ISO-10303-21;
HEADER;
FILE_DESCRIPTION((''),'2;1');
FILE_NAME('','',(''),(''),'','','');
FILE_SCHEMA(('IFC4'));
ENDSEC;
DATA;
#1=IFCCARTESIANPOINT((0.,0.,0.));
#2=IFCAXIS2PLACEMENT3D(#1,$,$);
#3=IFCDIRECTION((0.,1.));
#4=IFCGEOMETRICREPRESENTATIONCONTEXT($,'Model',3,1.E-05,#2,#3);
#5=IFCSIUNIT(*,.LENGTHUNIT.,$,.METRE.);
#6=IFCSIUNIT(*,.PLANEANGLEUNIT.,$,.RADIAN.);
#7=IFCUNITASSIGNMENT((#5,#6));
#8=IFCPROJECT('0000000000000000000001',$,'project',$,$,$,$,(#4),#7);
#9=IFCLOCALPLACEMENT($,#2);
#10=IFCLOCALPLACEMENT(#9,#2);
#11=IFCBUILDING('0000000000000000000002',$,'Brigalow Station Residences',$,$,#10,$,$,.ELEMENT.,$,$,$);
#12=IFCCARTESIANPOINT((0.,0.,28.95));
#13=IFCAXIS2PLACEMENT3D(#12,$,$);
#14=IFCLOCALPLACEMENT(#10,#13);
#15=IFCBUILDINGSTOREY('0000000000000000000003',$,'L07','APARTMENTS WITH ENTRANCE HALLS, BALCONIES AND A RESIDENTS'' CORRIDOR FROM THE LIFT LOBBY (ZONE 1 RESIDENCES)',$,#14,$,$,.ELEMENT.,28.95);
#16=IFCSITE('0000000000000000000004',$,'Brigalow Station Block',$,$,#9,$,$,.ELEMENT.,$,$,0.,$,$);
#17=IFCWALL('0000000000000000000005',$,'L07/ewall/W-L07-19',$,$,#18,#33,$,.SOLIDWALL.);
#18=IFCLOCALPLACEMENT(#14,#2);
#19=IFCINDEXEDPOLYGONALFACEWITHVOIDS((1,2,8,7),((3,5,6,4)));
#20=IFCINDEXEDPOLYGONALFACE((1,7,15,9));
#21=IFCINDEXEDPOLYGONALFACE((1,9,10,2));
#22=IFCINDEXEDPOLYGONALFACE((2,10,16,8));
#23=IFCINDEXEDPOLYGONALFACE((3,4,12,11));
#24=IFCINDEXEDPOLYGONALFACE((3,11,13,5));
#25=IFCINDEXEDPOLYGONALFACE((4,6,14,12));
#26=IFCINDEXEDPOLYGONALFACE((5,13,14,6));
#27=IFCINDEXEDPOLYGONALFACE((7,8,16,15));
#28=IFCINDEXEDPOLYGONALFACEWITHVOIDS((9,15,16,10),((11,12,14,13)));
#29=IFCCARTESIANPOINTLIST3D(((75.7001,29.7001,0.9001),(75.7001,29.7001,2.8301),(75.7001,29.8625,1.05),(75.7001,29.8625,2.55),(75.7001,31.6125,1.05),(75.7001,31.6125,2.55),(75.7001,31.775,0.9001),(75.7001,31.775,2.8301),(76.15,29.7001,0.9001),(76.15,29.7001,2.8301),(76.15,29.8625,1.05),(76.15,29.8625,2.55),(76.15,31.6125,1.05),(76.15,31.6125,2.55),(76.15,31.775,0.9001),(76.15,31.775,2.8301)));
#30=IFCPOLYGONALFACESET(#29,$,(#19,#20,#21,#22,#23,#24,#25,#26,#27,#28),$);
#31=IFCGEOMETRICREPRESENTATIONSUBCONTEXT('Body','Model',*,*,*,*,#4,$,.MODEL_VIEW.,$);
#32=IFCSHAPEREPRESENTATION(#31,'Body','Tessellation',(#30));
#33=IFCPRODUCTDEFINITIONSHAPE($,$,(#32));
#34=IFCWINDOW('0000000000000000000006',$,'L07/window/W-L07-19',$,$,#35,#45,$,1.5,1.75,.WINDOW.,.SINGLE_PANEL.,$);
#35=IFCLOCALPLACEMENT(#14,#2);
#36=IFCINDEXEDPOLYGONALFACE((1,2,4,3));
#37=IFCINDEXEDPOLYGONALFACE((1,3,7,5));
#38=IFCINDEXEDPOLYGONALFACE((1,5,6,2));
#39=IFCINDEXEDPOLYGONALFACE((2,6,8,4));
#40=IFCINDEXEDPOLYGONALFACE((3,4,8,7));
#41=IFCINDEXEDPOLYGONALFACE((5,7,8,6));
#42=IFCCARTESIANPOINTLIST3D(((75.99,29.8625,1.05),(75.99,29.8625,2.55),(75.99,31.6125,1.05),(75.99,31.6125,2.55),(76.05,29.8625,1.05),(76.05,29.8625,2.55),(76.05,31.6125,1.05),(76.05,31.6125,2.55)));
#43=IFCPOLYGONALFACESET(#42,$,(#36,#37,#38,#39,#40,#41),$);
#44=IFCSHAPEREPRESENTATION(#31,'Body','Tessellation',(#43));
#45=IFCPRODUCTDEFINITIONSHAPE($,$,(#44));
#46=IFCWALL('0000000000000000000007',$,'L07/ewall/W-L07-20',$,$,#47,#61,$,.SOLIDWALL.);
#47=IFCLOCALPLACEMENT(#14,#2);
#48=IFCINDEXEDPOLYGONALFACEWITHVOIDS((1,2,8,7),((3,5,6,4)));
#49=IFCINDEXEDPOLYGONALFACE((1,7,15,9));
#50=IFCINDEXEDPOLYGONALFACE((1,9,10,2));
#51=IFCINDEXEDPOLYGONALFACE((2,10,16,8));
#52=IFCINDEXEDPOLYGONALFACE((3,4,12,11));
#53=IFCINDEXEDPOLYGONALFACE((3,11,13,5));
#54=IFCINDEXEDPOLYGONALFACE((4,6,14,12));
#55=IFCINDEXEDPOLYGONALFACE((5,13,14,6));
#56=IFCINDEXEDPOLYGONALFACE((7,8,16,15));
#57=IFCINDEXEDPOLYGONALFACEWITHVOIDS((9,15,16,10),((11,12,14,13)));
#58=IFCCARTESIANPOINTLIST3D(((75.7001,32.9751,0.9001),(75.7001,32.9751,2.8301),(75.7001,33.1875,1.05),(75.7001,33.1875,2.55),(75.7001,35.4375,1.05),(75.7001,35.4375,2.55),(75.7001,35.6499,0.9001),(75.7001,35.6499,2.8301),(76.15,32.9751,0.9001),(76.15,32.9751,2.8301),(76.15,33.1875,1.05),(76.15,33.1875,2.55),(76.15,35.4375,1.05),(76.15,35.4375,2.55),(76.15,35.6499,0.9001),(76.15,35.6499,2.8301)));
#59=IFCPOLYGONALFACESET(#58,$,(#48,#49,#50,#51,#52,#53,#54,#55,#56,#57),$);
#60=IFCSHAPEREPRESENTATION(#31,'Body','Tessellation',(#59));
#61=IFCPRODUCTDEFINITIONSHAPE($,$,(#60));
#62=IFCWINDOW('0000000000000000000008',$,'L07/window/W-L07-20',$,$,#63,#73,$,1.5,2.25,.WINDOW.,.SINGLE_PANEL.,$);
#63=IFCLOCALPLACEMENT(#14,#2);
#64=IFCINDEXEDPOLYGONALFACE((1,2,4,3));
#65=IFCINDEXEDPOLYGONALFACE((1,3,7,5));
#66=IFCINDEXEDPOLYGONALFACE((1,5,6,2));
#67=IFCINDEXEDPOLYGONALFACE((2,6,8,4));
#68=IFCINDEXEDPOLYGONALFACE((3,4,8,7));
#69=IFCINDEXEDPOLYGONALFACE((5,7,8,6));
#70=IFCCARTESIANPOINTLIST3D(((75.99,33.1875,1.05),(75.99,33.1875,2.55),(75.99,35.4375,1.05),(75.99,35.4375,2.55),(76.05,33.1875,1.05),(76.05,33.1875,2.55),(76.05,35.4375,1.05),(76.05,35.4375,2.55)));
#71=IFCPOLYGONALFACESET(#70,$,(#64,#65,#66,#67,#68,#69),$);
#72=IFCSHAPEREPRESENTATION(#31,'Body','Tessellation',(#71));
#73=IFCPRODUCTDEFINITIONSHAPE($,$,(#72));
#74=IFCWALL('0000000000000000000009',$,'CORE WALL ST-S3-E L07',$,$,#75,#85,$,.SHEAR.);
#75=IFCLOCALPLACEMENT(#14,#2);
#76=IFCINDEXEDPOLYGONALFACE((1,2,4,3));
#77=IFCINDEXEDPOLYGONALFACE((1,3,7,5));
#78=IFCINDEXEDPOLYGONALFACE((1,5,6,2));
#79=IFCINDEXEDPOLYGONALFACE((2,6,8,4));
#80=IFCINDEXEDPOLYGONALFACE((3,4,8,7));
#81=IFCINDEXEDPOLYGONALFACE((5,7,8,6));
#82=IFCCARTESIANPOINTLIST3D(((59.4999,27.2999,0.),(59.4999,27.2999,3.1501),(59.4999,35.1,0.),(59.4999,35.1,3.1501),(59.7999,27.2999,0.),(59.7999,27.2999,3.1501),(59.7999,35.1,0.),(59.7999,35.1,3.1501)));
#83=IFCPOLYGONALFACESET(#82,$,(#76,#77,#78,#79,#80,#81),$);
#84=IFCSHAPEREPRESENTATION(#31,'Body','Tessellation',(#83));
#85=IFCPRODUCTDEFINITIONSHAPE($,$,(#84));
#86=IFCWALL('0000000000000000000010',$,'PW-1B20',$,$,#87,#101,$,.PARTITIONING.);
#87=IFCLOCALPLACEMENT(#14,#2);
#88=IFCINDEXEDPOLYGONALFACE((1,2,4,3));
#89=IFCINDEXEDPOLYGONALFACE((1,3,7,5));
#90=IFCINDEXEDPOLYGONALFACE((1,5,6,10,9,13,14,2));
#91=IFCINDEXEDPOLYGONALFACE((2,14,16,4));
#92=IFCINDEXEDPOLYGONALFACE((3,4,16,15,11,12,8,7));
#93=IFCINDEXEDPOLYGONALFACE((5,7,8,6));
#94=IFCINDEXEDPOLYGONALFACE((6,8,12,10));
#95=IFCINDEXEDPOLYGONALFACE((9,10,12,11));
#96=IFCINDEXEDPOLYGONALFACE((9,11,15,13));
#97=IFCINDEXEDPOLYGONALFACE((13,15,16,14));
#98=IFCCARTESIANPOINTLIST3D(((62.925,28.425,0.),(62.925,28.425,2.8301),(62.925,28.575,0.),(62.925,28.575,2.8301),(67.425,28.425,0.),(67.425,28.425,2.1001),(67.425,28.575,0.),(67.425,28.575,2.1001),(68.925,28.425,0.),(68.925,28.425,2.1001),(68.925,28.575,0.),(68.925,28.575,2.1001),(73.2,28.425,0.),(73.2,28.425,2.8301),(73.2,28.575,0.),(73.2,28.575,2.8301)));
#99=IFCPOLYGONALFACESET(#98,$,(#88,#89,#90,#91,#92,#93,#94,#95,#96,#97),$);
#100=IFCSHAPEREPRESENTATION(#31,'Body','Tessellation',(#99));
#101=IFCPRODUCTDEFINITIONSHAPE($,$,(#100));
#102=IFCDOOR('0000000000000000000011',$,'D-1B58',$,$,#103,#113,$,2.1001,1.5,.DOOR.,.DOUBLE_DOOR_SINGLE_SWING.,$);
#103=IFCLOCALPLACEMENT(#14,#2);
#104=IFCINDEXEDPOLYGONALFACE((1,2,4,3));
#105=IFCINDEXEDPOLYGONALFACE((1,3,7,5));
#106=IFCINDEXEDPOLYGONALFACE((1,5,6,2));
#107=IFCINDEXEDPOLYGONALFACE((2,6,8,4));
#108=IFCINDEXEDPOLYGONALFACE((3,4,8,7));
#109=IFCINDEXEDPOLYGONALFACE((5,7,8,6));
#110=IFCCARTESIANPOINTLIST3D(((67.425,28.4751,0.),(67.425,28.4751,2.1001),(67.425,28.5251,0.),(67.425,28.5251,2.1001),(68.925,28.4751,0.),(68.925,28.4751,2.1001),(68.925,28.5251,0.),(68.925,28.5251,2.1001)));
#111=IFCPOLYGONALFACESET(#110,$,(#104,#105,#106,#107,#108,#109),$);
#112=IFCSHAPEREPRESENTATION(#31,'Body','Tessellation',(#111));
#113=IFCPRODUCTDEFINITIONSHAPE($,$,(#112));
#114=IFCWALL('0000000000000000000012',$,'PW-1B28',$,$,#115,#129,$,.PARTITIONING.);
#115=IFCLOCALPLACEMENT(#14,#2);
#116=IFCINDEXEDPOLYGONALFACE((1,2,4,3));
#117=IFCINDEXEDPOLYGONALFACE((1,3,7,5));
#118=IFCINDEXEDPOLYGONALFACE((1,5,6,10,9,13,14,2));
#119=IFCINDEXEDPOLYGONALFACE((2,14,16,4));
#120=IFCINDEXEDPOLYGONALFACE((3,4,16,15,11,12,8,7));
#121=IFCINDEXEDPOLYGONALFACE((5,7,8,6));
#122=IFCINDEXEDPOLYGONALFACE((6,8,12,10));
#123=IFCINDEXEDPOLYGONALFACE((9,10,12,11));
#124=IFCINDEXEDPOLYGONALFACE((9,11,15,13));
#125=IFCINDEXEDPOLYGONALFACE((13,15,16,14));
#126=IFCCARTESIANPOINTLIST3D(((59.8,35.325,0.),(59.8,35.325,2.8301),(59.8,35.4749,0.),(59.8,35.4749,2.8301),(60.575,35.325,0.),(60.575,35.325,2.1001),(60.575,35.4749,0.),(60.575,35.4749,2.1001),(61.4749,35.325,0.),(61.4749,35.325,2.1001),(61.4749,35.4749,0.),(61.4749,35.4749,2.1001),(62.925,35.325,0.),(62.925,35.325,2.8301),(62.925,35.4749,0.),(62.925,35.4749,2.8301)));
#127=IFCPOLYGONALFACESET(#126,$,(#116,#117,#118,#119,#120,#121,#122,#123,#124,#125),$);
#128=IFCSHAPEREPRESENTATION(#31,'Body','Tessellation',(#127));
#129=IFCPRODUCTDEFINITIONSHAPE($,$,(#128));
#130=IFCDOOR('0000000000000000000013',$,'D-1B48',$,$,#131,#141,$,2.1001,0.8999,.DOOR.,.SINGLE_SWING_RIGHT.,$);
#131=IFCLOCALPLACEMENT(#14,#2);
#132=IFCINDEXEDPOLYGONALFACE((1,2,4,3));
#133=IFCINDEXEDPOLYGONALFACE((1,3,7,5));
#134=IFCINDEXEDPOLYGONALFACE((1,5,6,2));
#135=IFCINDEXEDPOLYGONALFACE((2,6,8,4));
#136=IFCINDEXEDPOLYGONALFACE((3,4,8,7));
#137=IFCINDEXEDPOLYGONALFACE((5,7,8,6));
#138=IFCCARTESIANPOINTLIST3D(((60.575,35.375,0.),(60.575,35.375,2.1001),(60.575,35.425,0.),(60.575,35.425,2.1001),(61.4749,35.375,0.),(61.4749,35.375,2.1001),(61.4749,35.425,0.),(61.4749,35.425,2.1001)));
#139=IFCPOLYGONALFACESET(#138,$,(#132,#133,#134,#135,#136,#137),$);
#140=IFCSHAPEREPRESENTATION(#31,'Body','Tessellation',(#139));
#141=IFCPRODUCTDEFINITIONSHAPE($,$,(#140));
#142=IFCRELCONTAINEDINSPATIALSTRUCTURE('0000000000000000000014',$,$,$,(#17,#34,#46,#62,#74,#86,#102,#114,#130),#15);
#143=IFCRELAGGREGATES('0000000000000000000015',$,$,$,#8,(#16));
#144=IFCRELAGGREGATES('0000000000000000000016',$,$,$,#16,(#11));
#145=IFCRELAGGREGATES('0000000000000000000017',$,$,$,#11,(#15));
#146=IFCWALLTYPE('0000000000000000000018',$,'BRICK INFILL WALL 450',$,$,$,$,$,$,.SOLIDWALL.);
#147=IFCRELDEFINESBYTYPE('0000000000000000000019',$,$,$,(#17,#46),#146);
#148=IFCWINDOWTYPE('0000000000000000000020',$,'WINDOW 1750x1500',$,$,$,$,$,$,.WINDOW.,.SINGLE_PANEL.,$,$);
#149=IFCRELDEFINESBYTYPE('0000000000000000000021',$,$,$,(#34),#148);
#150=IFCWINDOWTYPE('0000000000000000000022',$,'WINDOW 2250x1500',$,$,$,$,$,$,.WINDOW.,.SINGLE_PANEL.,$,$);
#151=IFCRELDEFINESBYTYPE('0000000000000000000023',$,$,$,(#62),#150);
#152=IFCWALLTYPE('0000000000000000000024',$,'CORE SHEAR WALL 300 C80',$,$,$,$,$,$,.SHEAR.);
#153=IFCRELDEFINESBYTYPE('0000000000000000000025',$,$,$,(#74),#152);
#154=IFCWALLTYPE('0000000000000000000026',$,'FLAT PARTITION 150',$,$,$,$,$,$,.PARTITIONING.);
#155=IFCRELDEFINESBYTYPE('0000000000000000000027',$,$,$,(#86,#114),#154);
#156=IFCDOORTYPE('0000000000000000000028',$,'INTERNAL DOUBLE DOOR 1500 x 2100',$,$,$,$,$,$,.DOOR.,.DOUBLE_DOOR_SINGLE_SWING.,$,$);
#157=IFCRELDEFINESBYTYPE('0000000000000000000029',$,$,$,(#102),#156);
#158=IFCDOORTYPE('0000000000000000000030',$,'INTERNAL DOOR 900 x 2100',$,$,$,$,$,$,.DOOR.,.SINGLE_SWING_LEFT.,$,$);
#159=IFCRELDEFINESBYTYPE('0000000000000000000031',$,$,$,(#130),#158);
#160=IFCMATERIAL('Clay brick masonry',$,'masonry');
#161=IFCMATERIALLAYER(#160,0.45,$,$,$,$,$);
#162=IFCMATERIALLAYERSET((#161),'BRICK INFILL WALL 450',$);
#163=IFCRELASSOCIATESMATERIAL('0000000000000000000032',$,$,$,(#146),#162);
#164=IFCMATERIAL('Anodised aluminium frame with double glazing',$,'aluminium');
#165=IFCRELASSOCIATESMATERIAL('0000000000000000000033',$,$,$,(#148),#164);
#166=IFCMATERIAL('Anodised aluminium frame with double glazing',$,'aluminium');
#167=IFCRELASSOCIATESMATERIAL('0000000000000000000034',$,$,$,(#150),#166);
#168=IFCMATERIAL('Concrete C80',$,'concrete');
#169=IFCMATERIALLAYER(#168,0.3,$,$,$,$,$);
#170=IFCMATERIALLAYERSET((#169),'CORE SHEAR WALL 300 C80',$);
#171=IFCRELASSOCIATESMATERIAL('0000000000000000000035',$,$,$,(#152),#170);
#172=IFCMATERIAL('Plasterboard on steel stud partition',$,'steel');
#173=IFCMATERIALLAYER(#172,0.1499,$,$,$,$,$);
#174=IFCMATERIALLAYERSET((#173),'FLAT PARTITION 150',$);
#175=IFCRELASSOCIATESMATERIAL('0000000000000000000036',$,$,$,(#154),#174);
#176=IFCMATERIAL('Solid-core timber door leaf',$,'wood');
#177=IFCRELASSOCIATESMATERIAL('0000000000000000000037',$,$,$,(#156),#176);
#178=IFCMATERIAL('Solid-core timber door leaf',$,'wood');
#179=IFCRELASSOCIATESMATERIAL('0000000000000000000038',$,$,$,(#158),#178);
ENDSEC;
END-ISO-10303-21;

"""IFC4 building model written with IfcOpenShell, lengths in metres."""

from ifc_helpers import new_model, si_unit, direction, frame, frame_2d, origin, place, context, subcontext, project, spatial, rectangle, extrude, material, layer, layer_set, type_object, element, fill, save


model = new_model("IFC4")

# Units and contexts
model_context = context("Model", 3, precision=1e-05, world=origin(), true_north=direction((0.0, 1.0)))
body_context = subcontext(model_context, "Body", "Model", "MODEL_VIEW")
ifc_project = project(units=[si_unit("LENGTHUNIT", "METRE"), si_unit("PLANEANGLEUNIT", "RADIAN")], contexts=[model_context])

# Site, building, storey
site_placement = place(None, origin())
site = spatial("IfcSite", under=ifc_project, at=site_placement, Name="Brigalow Station Block", CompositionType="ELEMENT", RefElevation=0.0)
building_placement = place(site_placement, origin())
building = spatial("IfcBuilding", under=site, at=building_placement, Name="Brigalow Station Residences", CompositionType="ELEMENT")
storey_placement = place(building_placement, frame((0.0, 0.0, 28.95)))
storey = spatial("IfcBuildingStorey", under=building, at=storey_placement, Name="L07", Description="APARTMENTS WITH ENTRANCE HALLS, BALCONIES AND A RESIDENTS' CORRIDOR FROM THE LIFT LOBBY (ZONE 1 RESIDENCES)", CompositionType="ELEMENT", Elevation=28.95)

# Shared definitions
ifc_material_1 = material(Name="Clay brick masonry", Category="masonry")
ifc_layer_1 = layer(ifc_material_1, 0.45)
ifc_layer_set_1 = layer_set([ifc_layer_1], Name="BRICK INFILL WALL 450")
wall_type_1 = type_object("IfcWallType", Name="BRICK INFILL WALL 450", PredefinedType="SOLIDWALL", material=ifc_layer_set_1)

# Walls, openings, windows
wall_1_placement = place(storey_placement, frame((75.925, 29.7, 0.9001), z_axis=(0.0, 0.0, 1.0), x_axis=(0.0, 1.0, 0.0)))
wall_1 = element("IfcWall", 1, at=wall_1_placement, inside=storey, type_object=wall_type_1, Name="L07/ewall/W-L07-19", PredefinedType="SOLIDWALL", context=body_context, shape_type="SweptSolid", body=[
    extrude(rectangle(XDim=2.075, YDim=0.45, at=frame_2d((1.0376, 0.0))), origin(), (0.0, 0.0, 1.0), 1.9299),
])
opening_1_placement = place(wall_1_placement, frame((0.1626, 0.0, 0.1499)))
opening_1 = element("IfcOpeningElement", 2, at=opening_1_placement, cuts=wall_1, PredefinedType="OPENING", context=body_context, shape_type="SweptSolid", body=[
    extrude(rectangle(XDim=1.75, YDim=1.5, at=frame_2d((0.875, 0.75))), frame((0.0, 0.2349, 0.0), z_axis=(0.0, -1.0, 0.0), x_axis=(1.0, 0.0, 0.0)), (0.0, 0.0, 1.0), 0.47),
])
ifc_material_2 = material(Name="Anodised aluminium frame with double glazing", Category="aluminium")
window_type_1 = type_object("IfcWindowType", Name="WINDOW 1750x1500", PartitioningType="SINGLE_PANEL", PredefinedType="WINDOW", material=ifc_material_2)
window_1_placement = place(opening_1_placement, origin())
window_1 = element("IfcWindow", 3, at=window_1_placement, inside=storey, type_object=window_type_1, Name="L07/window/W-L07-19", OverallHeight=1.5, OverallWidth=1.75, PartitioningType="SINGLE_PANEL", PredefinedType="WINDOW", context=body_context, shape_type="SweptSolid", body=[
    extrude(rectangle(XDim=1.75, YDim=1.5, at=frame_2d((0.875, 0.75))), frame((0.0, -0.0649, 0.0), z_axis=(0.0, -1.0, 0.0), x_axis=(1.0, 0.0, 0.0)), (0.0, 0.0, 1.0), 0.0601),
])
fill(opening_1, window_1)
wall_2_placement = place(storey_placement, frame((75.925, 32.9751, 0.9001), z_axis=(0.0, 0.0, 1.0), x_axis=(0.0, 1.0, 0.0)))
wall_2 = element("IfcWall", 4, at=wall_2_placement, inside=storey, type_object=wall_type_1, Name="L07/ewall/W-L07-20", PredefinedType="SOLIDWALL", context=body_context, shape_type="SweptSolid", body=[
    extrude(rectangle(XDim=2.6748, YDim=0.45, at=frame_2d((1.3374, 0.0))), origin(), (0.0, 0.0, 1.0), 1.9299),
])
opening_2_placement = place(wall_2_placement, frame((0.2124, 0.0, 0.1499)))
opening_2 = element("IfcOpeningElement", 5, at=opening_2_placement, cuts=wall_2, PredefinedType="OPENING", context=body_context, shape_type="SweptSolid", body=[
    extrude(rectangle(XDim=2.25, YDim=1.5, at=frame_2d((1.125, 0.75))), frame((0.0, 0.2349, 0.0), z_axis=(0.0, -1.0, 0.0), x_axis=(1.0, 0.0, 0.0)), (0.0, 0.0, 1.0), 0.47),
])
ifc_material_3 = material(Name="Anodised aluminium frame with double glazing", Category="aluminium")
window_type_2 = type_object("IfcWindowType", Name="WINDOW 2250x1500", PartitioningType="SINGLE_PANEL", PredefinedType="WINDOW", material=ifc_material_3)
window_2_placement = place(opening_2_placement, origin())
window_2 = element("IfcWindow", 6, at=window_2_placement, inside=storey, type_object=window_type_2, Name="L07/window/W-L07-20", OverallHeight=1.5, OverallWidth=2.25, PartitioningType="SINGLE_PANEL", PredefinedType="WINDOW", context=body_context, shape_type="SweptSolid", body=[
    extrude(rectangle(XDim=2.25, YDim=1.5, at=frame_2d((1.125, 0.75))), frame((0.0, -0.0649, 0.0), z_axis=(0.0, -1.0, 0.0), x_axis=(1.0, 0.0, 0.0)), (0.0, 0.0, 1.0), 0.0601),
])
fill(opening_2, window_2)

# Wall
ifc_material_4 = material(Name="Concrete C80", Category="concrete")
ifc_layer_2 = layer(ifc_material_4, 0.3)
ifc_layer_set_2 = layer_set([ifc_layer_2], Name="CORE SHEAR WALL 300 C80")
wall_type_2 = type_object("IfcWallType", Name="CORE SHEAR WALL 300 C80", PredefinedType="SHEAR", material=ifc_layer_set_2)
wall_3_placement = place(storey_placement, frame((59.6499, 27.3, 0.0), z_axis=(0.0, 0.0, 1.0), x_axis=(0.0, 1.0, 0.0)))
element("IfcWall", 7, at=wall_3_placement, inside=storey, type_object=wall_type_2, Name="CORE WALL ST-S3-E L07", PredefinedType="SHEAR", context=body_context, shape_type="SweptSolid", body=[
    extrude(rectangle(XDim=7.8, YDim=0.3, at=frame_2d((3.8999, 0.0))), origin(), (0.0, 0.0, 1.0), 3.1501),
])

# Walls, openings, doors
ifc_material_5 = material(Name="Plasterboard on steel stud partition", Category="steel")
ifc_layer_3 = layer(ifc_material_5, 0.1499)
ifc_layer_set_3 = layer_set([ifc_layer_3], Name="FLAT PARTITION 150")
wall_type_3 = type_object("IfcWallType", Name="FLAT PARTITION 150", PredefinedType="PARTITIONING", material=ifc_layer_set_3)
wall_4_placement = place(storey_placement, frame((62.925, 28.5, 0.0), z_axis=(0.0, 0.0, 1.0), x_axis=(1.0, 0.0, 0.0)))
wall_4 = element("IfcWall", 8, at=wall_4_placement, inside=storey, type_object=wall_type_3, Name="PW-1B20", PredefinedType="PARTITIONING", context=body_context, shape_type="SweptSolid", body=[
    extrude(rectangle(XDim=10.2749, YDim=0.1499, at=frame_2d((5.1375, 0.0))), origin(), (0.0, 0.0, 1.0), 2.8301),
])
opening_3_placement = place(wall_4_placement, frame((4.5, 0.0, 0.0)))
opening_3 = element("IfcOpeningElement", 9, at=opening_3_placement, cuts=wall_4, PredefinedType="OPENING", context=body_context, shape_type="SweptSolid", body=[
    extrude(rectangle(XDim=1.5, YDim=2.1001, at=frame_2d((0.75, 1.05))), frame((0.0, 0.085, 0.0), z_axis=(0.0, -1.0, 0.0), x_axis=(1.0, 0.0, 0.0)), (0.0, 0.0, 1.0), 0.1699),
])
ifc_material_6 = material(Name="Solid-core timber door leaf", Category="wood")
door_type_1 = type_object("IfcDoorType", Name="INTERNAL DOUBLE DOOR 1500 x 2100", OperationType="DOUBLE_DOOR_SINGLE_SWING", PredefinedType="DOOR", material=ifc_material_6)
door_1_placement = place(opening_3_placement, frame((1.5, 0.0, 0.0), z_axis=(0.0, 0.0, 1.0), x_axis=(-1.0, 0.0, 0.0)))
door_1 = element("IfcDoor", 10, at=door_1_placement, inside=storey, type_object=door_type_1, Name="D-1B58", OperationType="DOUBLE_DOOR_SINGLE_SWING", OverallHeight=2.1001, OverallWidth=1.5, PredefinedType="DOOR", context=body_context, shape_type="SweptSolid", body=[
    extrude(rectangle(XDim=1.5, YDim=2.1001, at=frame_2d((0.75, 1.05))), frame((0.0, 0.0249, 0.0), z_axis=(0.0, -1.0, 0.0), x_axis=(1.0, 0.0, 0.0)), (0.0, 0.0, 1.0), 0.05),
])
fill(opening_3, door_1)
wall_5_placement = place(storey_placement, frame((59.8, 35.3999, 0.0), z_axis=(0.0, 0.0, 1.0), x_axis=(1.0, 0.0, 0.0)))
wall_5 = element("IfcWall", 11, at=wall_5_placement, inside=storey, type_object=wall_type_3, Name="PW-1B28", PredefinedType="PARTITIONING", context=body_context, shape_type="SweptSolid", body=[
    extrude(rectangle(XDim=3.125, YDim=0.1499, at=frame_2d((1.5625, 0.0))), origin(), (0.0, 0.0, 1.0), 2.8301),
])
opening_4_placement = place(wall_5_placement, frame((0.7749, 0.0, 0.0)))
opening_4 = element("IfcOpeningElement", 12, at=opening_4_placement, cuts=wall_5, PredefinedType="OPENING", context=body_context, shape_type="SweptSolid", body=[
    extrude(rectangle(XDim=0.8999, YDim=2.1001, at=frame_2d((0.45, 1.05))), frame((0.0, 0.085, 0.0), z_axis=(0.0, -1.0, 0.0), x_axis=(1.0, 0.0, 0.0)), (0.0, 0.0, 1.0), 0.1699),
])
ifc_material_7 = material(Name="Solid-core timber door leaf", Category="wood")
door_type_2 = type_object("IfcDoorType", Name="INTERNAL DOOR 900 x 2100", OperationType="SINGLE_SWING_LEFT", PredefinedType="DOOR", material=ifc_material_7)
door_2_placement = place(opening_4_placement, frame((0.8999, 0.0, 0.0), z_axis=(0.0, 0.0, 1.0), x_axis=(-1.0, 0.0, 0.0)))
door_2 = element("IfcDoor", 13, at=door_2_placement, inside=storey, type_object=door_type_2, Name="D-1B48", OperationType="SINGLE_SWING_RIGHT", OverallHeight=2.1001, OverallWidth=0.8999, PredefinedType="DOOR", context=body_context, shape_type="SweptSolid", body=[
    extrude(rectangle(XDim=0.8999, YDim=2.1001, at=frame_2d((0.45, 1.05))), frame((0.0, 0.0249, 0.0), z_axis=(0.0, -1.0, 0.0), x_axis=(1.0, 0.0, 0.0)), (0.0, 0.0, 1.0), 0.05),
])
fill(opening_4, door_2)

save(model, "model.ifc")
